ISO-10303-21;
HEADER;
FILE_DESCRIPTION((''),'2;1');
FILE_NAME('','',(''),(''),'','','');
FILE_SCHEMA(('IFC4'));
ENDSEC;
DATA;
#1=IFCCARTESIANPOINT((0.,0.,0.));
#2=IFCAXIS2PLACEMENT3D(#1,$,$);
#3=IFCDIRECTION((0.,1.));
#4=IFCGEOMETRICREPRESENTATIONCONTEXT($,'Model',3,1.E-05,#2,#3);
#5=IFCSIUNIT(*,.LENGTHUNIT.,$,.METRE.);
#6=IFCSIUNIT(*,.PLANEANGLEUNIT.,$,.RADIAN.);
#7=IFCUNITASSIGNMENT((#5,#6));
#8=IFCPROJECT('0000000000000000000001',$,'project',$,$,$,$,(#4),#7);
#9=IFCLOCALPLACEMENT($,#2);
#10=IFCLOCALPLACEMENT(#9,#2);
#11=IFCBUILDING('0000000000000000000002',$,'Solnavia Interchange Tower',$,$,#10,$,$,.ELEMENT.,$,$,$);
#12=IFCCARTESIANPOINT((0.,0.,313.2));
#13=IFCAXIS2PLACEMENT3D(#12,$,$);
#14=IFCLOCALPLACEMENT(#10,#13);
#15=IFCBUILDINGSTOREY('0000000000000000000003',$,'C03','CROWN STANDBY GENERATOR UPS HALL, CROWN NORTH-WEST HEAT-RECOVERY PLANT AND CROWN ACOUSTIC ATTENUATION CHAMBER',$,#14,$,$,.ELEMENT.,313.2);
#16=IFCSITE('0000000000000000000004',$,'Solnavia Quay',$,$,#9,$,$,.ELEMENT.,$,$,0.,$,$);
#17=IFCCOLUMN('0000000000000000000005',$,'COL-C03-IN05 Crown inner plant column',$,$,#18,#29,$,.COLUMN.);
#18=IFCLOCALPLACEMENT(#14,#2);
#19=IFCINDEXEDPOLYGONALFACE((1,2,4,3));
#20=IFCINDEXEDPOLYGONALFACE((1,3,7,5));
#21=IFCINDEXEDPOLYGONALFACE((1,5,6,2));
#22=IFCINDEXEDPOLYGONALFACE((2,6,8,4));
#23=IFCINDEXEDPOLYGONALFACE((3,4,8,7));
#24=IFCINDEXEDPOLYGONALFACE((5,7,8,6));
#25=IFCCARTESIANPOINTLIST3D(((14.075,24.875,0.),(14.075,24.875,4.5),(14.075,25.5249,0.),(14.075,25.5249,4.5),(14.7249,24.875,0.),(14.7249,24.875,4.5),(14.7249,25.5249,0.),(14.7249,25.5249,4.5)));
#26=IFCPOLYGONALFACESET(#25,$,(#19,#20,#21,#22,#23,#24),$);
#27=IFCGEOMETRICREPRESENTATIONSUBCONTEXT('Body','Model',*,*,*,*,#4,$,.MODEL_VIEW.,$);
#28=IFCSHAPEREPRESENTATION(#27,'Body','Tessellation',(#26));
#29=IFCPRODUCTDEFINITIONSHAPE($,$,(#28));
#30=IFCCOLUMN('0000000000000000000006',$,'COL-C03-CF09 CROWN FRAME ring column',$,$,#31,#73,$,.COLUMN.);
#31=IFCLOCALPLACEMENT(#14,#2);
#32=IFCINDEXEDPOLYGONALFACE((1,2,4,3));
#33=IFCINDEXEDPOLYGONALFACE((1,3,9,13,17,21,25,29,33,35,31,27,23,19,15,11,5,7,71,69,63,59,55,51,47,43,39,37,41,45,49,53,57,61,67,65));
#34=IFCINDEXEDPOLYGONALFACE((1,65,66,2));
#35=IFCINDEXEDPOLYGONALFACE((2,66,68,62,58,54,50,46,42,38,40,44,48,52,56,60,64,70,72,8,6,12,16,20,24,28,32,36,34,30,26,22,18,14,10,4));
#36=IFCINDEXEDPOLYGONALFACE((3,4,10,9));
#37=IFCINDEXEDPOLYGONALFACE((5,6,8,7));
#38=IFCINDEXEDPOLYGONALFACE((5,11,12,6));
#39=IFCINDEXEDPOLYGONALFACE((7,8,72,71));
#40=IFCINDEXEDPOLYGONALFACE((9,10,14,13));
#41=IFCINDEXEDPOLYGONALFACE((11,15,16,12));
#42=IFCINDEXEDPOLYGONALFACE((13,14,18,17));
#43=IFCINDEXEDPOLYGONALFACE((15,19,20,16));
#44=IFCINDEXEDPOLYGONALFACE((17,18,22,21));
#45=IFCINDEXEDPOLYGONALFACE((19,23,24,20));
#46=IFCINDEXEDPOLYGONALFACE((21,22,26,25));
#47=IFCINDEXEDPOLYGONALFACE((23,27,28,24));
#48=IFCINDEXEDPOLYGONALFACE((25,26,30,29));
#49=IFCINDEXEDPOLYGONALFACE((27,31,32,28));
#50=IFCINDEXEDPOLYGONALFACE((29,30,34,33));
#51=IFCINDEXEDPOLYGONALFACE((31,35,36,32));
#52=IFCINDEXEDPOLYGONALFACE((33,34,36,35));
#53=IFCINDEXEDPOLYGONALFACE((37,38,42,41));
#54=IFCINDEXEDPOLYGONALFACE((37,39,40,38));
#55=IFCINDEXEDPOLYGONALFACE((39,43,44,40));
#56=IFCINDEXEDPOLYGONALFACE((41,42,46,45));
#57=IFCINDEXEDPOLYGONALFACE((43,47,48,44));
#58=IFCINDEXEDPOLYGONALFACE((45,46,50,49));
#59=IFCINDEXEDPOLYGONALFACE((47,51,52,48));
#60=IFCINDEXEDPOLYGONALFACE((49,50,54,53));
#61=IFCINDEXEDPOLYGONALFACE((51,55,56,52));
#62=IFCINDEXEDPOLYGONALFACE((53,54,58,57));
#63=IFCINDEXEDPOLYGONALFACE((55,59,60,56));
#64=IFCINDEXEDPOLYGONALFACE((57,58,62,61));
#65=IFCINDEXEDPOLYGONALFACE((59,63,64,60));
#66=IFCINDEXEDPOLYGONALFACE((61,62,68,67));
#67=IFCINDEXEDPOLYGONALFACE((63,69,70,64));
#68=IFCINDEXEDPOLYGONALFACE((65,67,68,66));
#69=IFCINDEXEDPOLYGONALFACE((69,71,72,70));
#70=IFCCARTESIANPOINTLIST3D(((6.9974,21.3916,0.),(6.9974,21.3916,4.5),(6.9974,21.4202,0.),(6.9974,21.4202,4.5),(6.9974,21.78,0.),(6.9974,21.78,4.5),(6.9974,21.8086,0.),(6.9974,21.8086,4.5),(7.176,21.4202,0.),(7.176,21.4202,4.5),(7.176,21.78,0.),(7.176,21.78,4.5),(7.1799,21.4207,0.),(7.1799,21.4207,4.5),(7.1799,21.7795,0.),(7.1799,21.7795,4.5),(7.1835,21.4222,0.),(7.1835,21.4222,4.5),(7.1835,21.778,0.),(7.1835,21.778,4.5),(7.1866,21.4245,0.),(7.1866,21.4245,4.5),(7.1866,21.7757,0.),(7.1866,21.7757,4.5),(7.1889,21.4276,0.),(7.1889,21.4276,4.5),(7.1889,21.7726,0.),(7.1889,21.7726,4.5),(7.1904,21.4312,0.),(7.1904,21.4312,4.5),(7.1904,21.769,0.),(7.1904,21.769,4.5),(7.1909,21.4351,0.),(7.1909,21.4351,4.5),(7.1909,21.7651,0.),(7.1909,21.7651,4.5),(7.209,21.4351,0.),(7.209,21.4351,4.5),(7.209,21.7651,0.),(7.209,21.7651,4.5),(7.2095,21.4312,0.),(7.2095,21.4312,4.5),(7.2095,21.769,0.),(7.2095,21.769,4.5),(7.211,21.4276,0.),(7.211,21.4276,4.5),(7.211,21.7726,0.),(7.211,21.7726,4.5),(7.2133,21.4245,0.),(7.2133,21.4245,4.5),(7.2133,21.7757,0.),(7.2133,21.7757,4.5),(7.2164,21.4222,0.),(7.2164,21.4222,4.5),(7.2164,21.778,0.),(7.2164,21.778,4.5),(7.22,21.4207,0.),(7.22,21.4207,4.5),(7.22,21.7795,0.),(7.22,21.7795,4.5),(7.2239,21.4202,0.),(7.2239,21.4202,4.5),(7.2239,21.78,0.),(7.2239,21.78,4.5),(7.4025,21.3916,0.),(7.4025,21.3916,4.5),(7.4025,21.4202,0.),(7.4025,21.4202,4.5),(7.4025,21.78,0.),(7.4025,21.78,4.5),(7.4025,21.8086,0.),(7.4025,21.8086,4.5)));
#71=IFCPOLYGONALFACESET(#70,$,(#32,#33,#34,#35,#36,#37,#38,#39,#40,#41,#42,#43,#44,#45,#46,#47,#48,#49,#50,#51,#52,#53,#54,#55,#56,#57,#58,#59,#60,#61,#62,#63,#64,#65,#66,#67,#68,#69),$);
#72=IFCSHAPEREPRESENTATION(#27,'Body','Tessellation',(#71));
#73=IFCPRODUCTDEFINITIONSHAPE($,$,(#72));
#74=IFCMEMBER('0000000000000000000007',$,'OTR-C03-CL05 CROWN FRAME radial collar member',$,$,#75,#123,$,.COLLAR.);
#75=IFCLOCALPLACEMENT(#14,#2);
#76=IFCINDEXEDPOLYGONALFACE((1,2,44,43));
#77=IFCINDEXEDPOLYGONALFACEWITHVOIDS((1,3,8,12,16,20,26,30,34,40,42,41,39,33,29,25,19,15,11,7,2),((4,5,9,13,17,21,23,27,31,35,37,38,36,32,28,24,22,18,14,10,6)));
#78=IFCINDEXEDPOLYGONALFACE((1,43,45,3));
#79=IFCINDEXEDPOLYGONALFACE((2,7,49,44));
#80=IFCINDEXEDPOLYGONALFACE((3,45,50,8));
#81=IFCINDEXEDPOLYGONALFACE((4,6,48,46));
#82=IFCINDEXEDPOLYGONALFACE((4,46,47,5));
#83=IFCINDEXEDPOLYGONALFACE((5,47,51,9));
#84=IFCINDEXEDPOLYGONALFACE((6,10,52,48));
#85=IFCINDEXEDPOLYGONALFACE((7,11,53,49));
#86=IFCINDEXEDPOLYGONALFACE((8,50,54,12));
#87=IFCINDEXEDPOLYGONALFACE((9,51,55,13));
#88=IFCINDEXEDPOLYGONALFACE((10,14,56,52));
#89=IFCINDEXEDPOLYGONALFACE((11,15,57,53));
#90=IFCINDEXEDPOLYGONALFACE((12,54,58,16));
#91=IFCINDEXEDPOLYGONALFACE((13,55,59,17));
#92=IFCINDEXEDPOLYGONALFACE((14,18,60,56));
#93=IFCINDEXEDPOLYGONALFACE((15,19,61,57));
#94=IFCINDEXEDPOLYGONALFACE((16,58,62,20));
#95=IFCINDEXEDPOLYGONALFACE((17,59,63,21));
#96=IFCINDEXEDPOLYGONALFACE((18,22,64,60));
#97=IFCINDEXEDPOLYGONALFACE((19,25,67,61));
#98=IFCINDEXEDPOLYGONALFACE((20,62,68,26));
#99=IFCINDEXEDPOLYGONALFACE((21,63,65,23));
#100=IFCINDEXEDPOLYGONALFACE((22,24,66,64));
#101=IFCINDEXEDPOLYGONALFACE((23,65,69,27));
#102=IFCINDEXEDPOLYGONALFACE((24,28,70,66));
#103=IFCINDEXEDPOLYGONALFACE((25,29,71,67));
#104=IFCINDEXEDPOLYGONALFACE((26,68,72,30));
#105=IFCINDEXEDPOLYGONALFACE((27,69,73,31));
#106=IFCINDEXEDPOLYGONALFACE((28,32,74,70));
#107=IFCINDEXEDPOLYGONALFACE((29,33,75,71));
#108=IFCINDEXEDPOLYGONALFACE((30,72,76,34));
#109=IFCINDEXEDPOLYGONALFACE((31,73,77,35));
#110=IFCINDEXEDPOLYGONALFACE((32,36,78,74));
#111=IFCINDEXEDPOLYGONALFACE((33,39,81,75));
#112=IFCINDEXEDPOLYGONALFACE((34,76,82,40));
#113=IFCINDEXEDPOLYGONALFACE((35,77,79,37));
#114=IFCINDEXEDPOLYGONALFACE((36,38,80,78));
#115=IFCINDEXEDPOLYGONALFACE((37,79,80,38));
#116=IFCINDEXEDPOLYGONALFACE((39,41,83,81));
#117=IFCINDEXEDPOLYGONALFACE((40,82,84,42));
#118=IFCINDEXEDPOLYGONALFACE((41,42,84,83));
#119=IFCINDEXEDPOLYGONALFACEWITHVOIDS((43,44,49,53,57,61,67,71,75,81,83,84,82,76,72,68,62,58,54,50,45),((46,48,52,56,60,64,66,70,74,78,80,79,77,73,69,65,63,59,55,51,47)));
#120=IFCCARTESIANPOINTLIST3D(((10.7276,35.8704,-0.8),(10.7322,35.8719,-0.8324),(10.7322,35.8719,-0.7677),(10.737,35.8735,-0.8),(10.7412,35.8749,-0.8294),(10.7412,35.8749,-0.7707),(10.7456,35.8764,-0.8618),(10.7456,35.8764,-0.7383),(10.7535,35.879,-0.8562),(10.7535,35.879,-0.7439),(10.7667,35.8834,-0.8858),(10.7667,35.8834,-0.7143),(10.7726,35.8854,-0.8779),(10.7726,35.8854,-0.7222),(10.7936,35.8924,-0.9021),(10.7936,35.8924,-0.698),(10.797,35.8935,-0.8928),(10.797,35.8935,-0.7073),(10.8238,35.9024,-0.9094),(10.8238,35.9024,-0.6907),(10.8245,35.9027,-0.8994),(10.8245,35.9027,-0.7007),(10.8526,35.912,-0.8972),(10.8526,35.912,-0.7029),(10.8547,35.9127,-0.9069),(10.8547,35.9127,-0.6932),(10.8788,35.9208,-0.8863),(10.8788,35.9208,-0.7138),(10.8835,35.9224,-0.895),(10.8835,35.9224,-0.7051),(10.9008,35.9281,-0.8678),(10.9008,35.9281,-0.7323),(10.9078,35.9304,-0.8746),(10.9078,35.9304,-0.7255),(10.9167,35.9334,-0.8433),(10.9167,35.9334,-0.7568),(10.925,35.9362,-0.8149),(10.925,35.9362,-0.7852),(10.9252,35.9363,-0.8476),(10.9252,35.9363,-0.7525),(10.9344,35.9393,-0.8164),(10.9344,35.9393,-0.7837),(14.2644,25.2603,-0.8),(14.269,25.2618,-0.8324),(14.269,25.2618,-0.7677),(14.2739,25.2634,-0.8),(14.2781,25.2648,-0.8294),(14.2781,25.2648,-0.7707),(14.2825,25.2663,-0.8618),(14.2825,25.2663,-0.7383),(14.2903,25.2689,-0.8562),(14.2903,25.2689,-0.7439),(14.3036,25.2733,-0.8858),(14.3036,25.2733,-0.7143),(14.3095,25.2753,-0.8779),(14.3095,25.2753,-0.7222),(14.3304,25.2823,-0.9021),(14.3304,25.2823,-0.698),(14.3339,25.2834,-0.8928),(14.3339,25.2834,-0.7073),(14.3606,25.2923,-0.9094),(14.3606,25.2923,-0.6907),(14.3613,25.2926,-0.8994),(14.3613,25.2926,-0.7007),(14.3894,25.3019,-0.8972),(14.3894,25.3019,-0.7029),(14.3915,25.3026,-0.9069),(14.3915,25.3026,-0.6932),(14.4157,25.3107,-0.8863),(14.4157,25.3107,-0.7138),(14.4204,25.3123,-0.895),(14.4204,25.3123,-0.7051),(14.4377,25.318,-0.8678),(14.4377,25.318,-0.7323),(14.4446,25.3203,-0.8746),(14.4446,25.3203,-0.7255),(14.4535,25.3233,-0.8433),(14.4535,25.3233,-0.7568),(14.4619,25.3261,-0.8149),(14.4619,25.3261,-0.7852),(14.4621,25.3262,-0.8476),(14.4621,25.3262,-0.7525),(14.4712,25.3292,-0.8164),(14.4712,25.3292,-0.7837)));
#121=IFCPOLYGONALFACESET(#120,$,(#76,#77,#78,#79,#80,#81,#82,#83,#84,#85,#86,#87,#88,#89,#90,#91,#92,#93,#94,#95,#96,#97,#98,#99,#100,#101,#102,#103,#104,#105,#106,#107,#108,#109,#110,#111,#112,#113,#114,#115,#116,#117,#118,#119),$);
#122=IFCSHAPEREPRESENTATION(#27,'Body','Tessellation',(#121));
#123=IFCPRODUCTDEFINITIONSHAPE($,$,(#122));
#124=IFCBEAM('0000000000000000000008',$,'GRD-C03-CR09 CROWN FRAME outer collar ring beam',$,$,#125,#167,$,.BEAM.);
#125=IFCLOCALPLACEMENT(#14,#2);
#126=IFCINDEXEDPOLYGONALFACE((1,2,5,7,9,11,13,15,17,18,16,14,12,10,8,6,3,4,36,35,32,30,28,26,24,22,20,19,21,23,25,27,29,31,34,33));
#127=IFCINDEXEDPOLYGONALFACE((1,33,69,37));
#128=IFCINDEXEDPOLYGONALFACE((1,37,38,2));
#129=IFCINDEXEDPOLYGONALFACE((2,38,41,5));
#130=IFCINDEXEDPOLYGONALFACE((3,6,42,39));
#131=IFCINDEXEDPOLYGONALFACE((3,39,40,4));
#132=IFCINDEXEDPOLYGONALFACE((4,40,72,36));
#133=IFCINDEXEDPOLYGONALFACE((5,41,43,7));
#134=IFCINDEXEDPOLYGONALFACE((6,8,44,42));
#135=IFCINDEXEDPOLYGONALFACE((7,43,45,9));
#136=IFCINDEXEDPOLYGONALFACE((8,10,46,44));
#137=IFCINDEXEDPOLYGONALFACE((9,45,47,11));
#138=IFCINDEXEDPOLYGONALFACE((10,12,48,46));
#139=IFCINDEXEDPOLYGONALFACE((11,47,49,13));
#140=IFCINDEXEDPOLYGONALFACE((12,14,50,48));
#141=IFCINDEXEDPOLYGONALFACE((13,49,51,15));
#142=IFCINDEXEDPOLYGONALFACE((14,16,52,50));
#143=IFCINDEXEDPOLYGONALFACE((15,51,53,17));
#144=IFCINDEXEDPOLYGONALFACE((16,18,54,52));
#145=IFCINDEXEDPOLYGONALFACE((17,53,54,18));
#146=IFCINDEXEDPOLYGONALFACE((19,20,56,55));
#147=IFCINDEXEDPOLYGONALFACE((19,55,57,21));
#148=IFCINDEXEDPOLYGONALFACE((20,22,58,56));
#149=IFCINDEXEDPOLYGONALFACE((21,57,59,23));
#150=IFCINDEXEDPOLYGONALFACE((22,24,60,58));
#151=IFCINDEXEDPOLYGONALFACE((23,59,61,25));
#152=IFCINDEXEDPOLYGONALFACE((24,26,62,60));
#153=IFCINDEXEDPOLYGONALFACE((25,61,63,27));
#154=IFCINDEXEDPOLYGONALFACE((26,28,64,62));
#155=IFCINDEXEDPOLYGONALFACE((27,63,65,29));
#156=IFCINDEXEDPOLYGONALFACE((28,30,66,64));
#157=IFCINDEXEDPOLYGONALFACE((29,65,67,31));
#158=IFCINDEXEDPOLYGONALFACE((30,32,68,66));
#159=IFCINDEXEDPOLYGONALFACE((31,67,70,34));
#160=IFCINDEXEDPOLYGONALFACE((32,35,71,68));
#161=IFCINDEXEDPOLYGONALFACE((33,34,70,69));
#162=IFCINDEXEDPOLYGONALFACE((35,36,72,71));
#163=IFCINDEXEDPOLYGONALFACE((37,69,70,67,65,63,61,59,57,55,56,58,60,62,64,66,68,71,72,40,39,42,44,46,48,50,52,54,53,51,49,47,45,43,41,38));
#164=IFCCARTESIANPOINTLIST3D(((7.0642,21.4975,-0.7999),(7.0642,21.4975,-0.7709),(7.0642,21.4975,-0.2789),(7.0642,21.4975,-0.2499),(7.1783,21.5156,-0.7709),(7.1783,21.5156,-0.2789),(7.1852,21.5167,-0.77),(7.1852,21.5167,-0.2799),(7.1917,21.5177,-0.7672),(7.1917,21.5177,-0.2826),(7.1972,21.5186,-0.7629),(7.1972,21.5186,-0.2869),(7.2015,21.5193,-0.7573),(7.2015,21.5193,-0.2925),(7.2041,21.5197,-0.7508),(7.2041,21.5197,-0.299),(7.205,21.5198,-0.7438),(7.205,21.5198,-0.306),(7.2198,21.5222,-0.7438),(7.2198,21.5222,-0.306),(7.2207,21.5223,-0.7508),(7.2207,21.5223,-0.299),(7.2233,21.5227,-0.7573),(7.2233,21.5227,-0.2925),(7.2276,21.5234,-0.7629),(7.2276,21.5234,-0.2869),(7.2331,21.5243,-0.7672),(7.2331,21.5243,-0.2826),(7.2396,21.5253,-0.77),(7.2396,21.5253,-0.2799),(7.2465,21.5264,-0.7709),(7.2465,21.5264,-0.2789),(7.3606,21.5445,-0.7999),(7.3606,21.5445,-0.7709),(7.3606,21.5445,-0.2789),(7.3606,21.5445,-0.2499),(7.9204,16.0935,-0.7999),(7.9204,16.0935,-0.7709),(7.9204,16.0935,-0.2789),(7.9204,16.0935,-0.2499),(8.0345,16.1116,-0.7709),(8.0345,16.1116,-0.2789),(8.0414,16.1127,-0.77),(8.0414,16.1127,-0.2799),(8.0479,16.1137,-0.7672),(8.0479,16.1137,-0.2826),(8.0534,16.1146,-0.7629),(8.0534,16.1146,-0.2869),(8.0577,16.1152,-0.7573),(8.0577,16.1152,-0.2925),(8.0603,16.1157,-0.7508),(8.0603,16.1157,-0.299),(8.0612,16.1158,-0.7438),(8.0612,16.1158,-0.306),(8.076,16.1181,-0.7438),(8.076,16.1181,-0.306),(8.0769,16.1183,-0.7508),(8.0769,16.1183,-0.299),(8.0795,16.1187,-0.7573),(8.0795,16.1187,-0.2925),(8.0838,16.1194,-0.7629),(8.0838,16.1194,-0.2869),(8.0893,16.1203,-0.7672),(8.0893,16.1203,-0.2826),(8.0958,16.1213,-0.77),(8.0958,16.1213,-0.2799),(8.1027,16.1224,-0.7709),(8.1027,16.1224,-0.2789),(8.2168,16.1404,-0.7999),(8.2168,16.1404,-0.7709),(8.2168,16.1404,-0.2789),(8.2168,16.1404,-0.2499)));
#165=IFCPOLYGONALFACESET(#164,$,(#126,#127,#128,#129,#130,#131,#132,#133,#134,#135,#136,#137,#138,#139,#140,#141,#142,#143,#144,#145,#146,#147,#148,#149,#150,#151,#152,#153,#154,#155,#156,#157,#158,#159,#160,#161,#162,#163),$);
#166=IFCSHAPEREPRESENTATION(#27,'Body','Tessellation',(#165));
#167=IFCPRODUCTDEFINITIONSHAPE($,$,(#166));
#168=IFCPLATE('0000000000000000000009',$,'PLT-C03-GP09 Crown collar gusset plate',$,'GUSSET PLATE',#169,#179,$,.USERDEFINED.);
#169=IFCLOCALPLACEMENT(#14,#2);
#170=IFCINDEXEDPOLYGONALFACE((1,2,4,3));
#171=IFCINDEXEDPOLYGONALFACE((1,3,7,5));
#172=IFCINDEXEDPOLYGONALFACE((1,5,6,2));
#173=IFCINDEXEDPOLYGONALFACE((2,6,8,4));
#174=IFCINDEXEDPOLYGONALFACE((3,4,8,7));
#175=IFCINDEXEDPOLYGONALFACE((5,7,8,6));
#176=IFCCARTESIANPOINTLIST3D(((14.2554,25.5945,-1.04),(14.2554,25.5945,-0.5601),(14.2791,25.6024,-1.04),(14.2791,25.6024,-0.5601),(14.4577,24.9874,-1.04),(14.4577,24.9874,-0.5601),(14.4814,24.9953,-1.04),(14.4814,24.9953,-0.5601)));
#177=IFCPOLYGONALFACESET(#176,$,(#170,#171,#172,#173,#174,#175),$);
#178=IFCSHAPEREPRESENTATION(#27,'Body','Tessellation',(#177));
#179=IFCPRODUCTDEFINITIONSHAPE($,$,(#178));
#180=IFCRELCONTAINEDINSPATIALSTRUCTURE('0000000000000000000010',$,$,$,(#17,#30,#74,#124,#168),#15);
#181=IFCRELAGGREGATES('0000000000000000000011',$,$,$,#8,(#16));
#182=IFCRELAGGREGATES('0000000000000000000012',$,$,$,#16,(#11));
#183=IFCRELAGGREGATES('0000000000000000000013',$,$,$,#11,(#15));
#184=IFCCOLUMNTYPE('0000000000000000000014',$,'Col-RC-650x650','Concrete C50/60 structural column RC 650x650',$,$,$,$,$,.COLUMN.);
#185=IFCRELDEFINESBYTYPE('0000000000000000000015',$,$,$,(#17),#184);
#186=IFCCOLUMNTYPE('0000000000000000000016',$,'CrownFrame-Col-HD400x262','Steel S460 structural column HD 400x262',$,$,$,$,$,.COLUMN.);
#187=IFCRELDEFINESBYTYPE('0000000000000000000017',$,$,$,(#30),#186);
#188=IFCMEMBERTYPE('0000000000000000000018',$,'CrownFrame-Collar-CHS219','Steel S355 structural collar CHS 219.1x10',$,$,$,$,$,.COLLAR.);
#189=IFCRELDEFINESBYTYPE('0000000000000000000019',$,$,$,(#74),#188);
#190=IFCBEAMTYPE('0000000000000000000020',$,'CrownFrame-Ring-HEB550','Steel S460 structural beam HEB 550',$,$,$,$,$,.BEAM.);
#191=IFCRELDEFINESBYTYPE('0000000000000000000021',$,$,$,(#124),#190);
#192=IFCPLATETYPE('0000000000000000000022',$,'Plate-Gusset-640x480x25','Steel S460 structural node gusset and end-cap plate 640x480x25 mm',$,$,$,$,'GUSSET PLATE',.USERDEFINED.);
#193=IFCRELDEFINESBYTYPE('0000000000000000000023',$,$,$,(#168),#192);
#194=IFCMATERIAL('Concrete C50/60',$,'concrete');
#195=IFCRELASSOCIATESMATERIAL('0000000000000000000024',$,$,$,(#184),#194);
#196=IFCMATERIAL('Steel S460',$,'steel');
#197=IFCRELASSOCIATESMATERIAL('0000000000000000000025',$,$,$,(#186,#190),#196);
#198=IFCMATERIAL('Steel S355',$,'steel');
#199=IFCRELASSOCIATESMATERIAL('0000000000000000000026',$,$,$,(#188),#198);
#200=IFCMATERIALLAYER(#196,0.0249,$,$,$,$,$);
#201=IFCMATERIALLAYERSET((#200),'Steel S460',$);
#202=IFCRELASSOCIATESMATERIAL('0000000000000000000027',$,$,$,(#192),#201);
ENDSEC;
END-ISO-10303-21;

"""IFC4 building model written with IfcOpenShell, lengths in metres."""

from ifc_helpers import new_model, si_unit, direction, frame, origin, origin_2d, place, context, subcontext, project, spatial, rectangle, hollow_circle, i_section, extrude, material, layer, layer_set, material_profile, profile_set, type_object, element, save


model = new_model("IFC4")

# Units and contexts
model_context = context("Model", 3, precision=1e-05, world=origin(), true_north=direction((0.0, 1.0)))
body_context = subcontext(model_context, "Body", "Model", "MODEL_VIEW")
ifc_project = project(units=[si_unit("LENGTHUNIT", "METRE"), si_unit("PLANEANGLEUNIT", "RADIAN")], contexts=[model_context])

# Site, building, storey
site_placement = place(None, origin())
site = spatial("IfcSite", under=ifc_project, at=site_placement, Name="Solnavia Quay", CompositionType="ELEMENT", RefElevation=0.0)
building_placement = place(site_placement, origin())
building = spatial("IfcBuilding", under=site, at=building_placement, Name="Solnavia Interchange Tower", CompositionType="ELEMENT")
storey_placement = place(building_placement, frame((0.0, 0.0, 313.2)))
storey = spatial("IfcBuildingStorey", under=building, at=storey_placement, Name="C03", Description="CROWN STANDBY GENERATOR UPS HALL, CROWN NORTH-WEST HEAT-RECOVERY PLANT AND CROWN ACOUSTIC ATTENUATION CHAMBER", CompositionType="ELEMENT", Elevation=313.2)

# Columns
ifc_material_1 = material(Name="Concrete C50/60", Category="concrete")
ifc_material_profile_1 = material_profile(ifc_material_1, rectangle(XDim=0.6499, YDim=0.6499, at=origin_2d()), Name="RC 650x650")
ifc_profile_set_1 = profile_set([ifc_material_profile_1], Name="Concrete C50/60")
column_type_1 = type_object("IfcColumnType", Name="Col-RC-650x650", Description="Concrete C50/60 structural column RC 650x650", PredefinedType="COLUMN", material=ifc_profile_set_1)
column_1_placement = place(storey_placement, frame((14.3999, 25.2, 0.0), z_axis=(0.0, 0.0, 1.0), x_axis=(1.0, 0.0, 0.0)))
element("IfcColumn", 1, at=column_1_placement, inside=storey, type_object=column_type_1, Name="COL-C03-IN05 Crown inner plant column", PredefinedType="COLUMN", context=body_context, shape_type="SweptSolid", body=[
    extrude(rectangle(XDim=0.6499, YDim=0.6499, at=origin_2d()), origin(), (0.0, 0.0, 1.0), 4.5),
])
ifc_material_2 = material(Name="Steel S460", Category="steel")
ifc_material_profile_2 = material_profile(ifc_material_2, i_section(OverallWidth=0.405, OverallDepth=0.417, WebThickness=0.0181, FlangeThickness=0.0286, FilletRadius=0.0149, at=origin_2d()), Name="HD 400x262")
ifc_profile_set_2 = profile_set([ifc_material_profile_2], Name="Steel S460")
column_type_2 = type_object("IfcColumnType", Name="CrownFrame-Col-HD400x262", Description="Steel S460 structural column HD 400x262", PredefinedType="COLUMN", material=ifc_profile_set_2)
column_2_placement = place(storey_placement, frame((7.2, 21.6001, 0.0), z_axis=(0.0, 0.0, 1.0), x_axis=(-1.0, 0.0, 0.0)))
element("IfcColumn", 2, at=column_2_placement, inside=storey, type_object=column_type_2, Name="COL-C03-CF09 CROWN FRAME ring column", PredefinedType="COLUMN", context=body_context, shape_type="SweptSolid", body=[
    extrude(i_section(OverallWidth=0.405, OverallDepth=0.417, WebThickness=0.0181, FlangeThickness=0.0286, FilletRadius=0.0149, at=origin_2d()), origin(), (0.0, 0.0, 1.0), 4.5),
])

# Member
ifc_material_3 = material(Name="Steel S355", Category="steel")
ifc_material_profile_3 = material_profile(ifc_material_3, hollow_circle(Radius=0.1096, WallThickness=0.01, at=origin_2d()), Name="CHS 219.1x10")
ifc_profile_set_3 = profile_set([ifc_material_profile_3], Name="Steel S355")
member_type = type_object("IfcMemberType", Name="CrownFrame-Collar-CHS219", Description="Steel S355 structural collar CHS 219.1x10", PredefinedType="COLLAR", material=ifc_profile_set_3)
member_placement = place(storey_placement, frame((14.3684, 25.2949, -0.8), z_axis=(-0.316241, 0.948679, 0.0), x_axis=(-0.948679, -0.316241, 0.0)))
element("IfcMember", 3, at=member_placement, inside=storey, type_object=member_type, Name="OTR-C03-CL05 CROWN FRAME radial collar member", PredefinedType="COLLAR", context=body_context, shape_type="SweptSolid", body=[
    extrude(hollow_circle(Radius=0.1096, WallThickness=0.01, at=origin_2d()), origin(), (0.0, 0.0, 1.0), 11.1841),
])

# Beam
ifc_material_profile_4 = material_profile(ifc_material_2, i_section(OverallWidth=0.3, OverallDepth=0.55, WebThickness=0.0149, FlangeThickness=0.0291, FilletRadius=0.0271, at=origin_2d()), Name="HEB 550")
ifc_profile_set_4 = profile_set([ifc_material_profile_4], Name="Steel S460")
beam_type = type_object("IfcBeamType", Name="CrownFrame-Ring-HEB550", Description="Steel S460 structural beam HEB 550", PredefinedType="BEAM", material=ifc_profile_set_4)
beam_placement = place(storey_placement, frame((7.2124, 21.521, -0.5249), z_axis=(0.156485, -0.98768, 0.0), x_axis=(0.98768, 0.156485, 0.0)))
element("IfcBeam", 4, at=beam_placement, inside=storey, type_object=beam_type, Name="GRD-C03-CR09 CROWN FRAME outer collar ring beam", PredefinedType="BEAM", context=body_context, shape_type="SweptSolid", body=[
    extrude(i_section(OverallWidth=0.3, OverallDepth=0.55, WebThickness=0.0149, FlangeThickness=0.0291, FilletRadius=0.0271, at=origin_2d()), origin(), (0.0, 0.0, 1.0), 5.4714),
])

# Plate
ifc_layer_1 = layer(ifc_material_2, 0.0249)
ifc_layer_set_1 = layer_set([ifc_layer_1], Name="Steel S460")
plate_type = type_object("IfcPlateType", Name="Plate-Gusset-640x480x25", Description="Steel S460 structural node gusset and end-cap plate 640x480x25 mm", ElementType="GUSSET PLATE", PredefinedType="USERDEFINED", material=ifc_layer_set_1)
plate_placement = place(storey_placement, frame((14.3684, 25.2949, -1.04), z_axis=(0.0, 0.0, 1.0), x_axis=(-0.316146, 0.948711, 0.0)))
element("IfcPlate", 5, at=plate_placement, inside=storey, type_object=plate_type, Name="PLT-C03-GP09 Crown collar gusset plate", ObjectType="GUSSET PLATE", PredefinedType="USERDEFINED", context=body_context, shape_type="SweptSolid", body=[
    extrude(rectangle(XDim=0.6399, YDim=0.0249, at=origin_2d()), origin(), (0.0, 0.0, 1.0), 0.48),
])

save(model, "model.ifc")
